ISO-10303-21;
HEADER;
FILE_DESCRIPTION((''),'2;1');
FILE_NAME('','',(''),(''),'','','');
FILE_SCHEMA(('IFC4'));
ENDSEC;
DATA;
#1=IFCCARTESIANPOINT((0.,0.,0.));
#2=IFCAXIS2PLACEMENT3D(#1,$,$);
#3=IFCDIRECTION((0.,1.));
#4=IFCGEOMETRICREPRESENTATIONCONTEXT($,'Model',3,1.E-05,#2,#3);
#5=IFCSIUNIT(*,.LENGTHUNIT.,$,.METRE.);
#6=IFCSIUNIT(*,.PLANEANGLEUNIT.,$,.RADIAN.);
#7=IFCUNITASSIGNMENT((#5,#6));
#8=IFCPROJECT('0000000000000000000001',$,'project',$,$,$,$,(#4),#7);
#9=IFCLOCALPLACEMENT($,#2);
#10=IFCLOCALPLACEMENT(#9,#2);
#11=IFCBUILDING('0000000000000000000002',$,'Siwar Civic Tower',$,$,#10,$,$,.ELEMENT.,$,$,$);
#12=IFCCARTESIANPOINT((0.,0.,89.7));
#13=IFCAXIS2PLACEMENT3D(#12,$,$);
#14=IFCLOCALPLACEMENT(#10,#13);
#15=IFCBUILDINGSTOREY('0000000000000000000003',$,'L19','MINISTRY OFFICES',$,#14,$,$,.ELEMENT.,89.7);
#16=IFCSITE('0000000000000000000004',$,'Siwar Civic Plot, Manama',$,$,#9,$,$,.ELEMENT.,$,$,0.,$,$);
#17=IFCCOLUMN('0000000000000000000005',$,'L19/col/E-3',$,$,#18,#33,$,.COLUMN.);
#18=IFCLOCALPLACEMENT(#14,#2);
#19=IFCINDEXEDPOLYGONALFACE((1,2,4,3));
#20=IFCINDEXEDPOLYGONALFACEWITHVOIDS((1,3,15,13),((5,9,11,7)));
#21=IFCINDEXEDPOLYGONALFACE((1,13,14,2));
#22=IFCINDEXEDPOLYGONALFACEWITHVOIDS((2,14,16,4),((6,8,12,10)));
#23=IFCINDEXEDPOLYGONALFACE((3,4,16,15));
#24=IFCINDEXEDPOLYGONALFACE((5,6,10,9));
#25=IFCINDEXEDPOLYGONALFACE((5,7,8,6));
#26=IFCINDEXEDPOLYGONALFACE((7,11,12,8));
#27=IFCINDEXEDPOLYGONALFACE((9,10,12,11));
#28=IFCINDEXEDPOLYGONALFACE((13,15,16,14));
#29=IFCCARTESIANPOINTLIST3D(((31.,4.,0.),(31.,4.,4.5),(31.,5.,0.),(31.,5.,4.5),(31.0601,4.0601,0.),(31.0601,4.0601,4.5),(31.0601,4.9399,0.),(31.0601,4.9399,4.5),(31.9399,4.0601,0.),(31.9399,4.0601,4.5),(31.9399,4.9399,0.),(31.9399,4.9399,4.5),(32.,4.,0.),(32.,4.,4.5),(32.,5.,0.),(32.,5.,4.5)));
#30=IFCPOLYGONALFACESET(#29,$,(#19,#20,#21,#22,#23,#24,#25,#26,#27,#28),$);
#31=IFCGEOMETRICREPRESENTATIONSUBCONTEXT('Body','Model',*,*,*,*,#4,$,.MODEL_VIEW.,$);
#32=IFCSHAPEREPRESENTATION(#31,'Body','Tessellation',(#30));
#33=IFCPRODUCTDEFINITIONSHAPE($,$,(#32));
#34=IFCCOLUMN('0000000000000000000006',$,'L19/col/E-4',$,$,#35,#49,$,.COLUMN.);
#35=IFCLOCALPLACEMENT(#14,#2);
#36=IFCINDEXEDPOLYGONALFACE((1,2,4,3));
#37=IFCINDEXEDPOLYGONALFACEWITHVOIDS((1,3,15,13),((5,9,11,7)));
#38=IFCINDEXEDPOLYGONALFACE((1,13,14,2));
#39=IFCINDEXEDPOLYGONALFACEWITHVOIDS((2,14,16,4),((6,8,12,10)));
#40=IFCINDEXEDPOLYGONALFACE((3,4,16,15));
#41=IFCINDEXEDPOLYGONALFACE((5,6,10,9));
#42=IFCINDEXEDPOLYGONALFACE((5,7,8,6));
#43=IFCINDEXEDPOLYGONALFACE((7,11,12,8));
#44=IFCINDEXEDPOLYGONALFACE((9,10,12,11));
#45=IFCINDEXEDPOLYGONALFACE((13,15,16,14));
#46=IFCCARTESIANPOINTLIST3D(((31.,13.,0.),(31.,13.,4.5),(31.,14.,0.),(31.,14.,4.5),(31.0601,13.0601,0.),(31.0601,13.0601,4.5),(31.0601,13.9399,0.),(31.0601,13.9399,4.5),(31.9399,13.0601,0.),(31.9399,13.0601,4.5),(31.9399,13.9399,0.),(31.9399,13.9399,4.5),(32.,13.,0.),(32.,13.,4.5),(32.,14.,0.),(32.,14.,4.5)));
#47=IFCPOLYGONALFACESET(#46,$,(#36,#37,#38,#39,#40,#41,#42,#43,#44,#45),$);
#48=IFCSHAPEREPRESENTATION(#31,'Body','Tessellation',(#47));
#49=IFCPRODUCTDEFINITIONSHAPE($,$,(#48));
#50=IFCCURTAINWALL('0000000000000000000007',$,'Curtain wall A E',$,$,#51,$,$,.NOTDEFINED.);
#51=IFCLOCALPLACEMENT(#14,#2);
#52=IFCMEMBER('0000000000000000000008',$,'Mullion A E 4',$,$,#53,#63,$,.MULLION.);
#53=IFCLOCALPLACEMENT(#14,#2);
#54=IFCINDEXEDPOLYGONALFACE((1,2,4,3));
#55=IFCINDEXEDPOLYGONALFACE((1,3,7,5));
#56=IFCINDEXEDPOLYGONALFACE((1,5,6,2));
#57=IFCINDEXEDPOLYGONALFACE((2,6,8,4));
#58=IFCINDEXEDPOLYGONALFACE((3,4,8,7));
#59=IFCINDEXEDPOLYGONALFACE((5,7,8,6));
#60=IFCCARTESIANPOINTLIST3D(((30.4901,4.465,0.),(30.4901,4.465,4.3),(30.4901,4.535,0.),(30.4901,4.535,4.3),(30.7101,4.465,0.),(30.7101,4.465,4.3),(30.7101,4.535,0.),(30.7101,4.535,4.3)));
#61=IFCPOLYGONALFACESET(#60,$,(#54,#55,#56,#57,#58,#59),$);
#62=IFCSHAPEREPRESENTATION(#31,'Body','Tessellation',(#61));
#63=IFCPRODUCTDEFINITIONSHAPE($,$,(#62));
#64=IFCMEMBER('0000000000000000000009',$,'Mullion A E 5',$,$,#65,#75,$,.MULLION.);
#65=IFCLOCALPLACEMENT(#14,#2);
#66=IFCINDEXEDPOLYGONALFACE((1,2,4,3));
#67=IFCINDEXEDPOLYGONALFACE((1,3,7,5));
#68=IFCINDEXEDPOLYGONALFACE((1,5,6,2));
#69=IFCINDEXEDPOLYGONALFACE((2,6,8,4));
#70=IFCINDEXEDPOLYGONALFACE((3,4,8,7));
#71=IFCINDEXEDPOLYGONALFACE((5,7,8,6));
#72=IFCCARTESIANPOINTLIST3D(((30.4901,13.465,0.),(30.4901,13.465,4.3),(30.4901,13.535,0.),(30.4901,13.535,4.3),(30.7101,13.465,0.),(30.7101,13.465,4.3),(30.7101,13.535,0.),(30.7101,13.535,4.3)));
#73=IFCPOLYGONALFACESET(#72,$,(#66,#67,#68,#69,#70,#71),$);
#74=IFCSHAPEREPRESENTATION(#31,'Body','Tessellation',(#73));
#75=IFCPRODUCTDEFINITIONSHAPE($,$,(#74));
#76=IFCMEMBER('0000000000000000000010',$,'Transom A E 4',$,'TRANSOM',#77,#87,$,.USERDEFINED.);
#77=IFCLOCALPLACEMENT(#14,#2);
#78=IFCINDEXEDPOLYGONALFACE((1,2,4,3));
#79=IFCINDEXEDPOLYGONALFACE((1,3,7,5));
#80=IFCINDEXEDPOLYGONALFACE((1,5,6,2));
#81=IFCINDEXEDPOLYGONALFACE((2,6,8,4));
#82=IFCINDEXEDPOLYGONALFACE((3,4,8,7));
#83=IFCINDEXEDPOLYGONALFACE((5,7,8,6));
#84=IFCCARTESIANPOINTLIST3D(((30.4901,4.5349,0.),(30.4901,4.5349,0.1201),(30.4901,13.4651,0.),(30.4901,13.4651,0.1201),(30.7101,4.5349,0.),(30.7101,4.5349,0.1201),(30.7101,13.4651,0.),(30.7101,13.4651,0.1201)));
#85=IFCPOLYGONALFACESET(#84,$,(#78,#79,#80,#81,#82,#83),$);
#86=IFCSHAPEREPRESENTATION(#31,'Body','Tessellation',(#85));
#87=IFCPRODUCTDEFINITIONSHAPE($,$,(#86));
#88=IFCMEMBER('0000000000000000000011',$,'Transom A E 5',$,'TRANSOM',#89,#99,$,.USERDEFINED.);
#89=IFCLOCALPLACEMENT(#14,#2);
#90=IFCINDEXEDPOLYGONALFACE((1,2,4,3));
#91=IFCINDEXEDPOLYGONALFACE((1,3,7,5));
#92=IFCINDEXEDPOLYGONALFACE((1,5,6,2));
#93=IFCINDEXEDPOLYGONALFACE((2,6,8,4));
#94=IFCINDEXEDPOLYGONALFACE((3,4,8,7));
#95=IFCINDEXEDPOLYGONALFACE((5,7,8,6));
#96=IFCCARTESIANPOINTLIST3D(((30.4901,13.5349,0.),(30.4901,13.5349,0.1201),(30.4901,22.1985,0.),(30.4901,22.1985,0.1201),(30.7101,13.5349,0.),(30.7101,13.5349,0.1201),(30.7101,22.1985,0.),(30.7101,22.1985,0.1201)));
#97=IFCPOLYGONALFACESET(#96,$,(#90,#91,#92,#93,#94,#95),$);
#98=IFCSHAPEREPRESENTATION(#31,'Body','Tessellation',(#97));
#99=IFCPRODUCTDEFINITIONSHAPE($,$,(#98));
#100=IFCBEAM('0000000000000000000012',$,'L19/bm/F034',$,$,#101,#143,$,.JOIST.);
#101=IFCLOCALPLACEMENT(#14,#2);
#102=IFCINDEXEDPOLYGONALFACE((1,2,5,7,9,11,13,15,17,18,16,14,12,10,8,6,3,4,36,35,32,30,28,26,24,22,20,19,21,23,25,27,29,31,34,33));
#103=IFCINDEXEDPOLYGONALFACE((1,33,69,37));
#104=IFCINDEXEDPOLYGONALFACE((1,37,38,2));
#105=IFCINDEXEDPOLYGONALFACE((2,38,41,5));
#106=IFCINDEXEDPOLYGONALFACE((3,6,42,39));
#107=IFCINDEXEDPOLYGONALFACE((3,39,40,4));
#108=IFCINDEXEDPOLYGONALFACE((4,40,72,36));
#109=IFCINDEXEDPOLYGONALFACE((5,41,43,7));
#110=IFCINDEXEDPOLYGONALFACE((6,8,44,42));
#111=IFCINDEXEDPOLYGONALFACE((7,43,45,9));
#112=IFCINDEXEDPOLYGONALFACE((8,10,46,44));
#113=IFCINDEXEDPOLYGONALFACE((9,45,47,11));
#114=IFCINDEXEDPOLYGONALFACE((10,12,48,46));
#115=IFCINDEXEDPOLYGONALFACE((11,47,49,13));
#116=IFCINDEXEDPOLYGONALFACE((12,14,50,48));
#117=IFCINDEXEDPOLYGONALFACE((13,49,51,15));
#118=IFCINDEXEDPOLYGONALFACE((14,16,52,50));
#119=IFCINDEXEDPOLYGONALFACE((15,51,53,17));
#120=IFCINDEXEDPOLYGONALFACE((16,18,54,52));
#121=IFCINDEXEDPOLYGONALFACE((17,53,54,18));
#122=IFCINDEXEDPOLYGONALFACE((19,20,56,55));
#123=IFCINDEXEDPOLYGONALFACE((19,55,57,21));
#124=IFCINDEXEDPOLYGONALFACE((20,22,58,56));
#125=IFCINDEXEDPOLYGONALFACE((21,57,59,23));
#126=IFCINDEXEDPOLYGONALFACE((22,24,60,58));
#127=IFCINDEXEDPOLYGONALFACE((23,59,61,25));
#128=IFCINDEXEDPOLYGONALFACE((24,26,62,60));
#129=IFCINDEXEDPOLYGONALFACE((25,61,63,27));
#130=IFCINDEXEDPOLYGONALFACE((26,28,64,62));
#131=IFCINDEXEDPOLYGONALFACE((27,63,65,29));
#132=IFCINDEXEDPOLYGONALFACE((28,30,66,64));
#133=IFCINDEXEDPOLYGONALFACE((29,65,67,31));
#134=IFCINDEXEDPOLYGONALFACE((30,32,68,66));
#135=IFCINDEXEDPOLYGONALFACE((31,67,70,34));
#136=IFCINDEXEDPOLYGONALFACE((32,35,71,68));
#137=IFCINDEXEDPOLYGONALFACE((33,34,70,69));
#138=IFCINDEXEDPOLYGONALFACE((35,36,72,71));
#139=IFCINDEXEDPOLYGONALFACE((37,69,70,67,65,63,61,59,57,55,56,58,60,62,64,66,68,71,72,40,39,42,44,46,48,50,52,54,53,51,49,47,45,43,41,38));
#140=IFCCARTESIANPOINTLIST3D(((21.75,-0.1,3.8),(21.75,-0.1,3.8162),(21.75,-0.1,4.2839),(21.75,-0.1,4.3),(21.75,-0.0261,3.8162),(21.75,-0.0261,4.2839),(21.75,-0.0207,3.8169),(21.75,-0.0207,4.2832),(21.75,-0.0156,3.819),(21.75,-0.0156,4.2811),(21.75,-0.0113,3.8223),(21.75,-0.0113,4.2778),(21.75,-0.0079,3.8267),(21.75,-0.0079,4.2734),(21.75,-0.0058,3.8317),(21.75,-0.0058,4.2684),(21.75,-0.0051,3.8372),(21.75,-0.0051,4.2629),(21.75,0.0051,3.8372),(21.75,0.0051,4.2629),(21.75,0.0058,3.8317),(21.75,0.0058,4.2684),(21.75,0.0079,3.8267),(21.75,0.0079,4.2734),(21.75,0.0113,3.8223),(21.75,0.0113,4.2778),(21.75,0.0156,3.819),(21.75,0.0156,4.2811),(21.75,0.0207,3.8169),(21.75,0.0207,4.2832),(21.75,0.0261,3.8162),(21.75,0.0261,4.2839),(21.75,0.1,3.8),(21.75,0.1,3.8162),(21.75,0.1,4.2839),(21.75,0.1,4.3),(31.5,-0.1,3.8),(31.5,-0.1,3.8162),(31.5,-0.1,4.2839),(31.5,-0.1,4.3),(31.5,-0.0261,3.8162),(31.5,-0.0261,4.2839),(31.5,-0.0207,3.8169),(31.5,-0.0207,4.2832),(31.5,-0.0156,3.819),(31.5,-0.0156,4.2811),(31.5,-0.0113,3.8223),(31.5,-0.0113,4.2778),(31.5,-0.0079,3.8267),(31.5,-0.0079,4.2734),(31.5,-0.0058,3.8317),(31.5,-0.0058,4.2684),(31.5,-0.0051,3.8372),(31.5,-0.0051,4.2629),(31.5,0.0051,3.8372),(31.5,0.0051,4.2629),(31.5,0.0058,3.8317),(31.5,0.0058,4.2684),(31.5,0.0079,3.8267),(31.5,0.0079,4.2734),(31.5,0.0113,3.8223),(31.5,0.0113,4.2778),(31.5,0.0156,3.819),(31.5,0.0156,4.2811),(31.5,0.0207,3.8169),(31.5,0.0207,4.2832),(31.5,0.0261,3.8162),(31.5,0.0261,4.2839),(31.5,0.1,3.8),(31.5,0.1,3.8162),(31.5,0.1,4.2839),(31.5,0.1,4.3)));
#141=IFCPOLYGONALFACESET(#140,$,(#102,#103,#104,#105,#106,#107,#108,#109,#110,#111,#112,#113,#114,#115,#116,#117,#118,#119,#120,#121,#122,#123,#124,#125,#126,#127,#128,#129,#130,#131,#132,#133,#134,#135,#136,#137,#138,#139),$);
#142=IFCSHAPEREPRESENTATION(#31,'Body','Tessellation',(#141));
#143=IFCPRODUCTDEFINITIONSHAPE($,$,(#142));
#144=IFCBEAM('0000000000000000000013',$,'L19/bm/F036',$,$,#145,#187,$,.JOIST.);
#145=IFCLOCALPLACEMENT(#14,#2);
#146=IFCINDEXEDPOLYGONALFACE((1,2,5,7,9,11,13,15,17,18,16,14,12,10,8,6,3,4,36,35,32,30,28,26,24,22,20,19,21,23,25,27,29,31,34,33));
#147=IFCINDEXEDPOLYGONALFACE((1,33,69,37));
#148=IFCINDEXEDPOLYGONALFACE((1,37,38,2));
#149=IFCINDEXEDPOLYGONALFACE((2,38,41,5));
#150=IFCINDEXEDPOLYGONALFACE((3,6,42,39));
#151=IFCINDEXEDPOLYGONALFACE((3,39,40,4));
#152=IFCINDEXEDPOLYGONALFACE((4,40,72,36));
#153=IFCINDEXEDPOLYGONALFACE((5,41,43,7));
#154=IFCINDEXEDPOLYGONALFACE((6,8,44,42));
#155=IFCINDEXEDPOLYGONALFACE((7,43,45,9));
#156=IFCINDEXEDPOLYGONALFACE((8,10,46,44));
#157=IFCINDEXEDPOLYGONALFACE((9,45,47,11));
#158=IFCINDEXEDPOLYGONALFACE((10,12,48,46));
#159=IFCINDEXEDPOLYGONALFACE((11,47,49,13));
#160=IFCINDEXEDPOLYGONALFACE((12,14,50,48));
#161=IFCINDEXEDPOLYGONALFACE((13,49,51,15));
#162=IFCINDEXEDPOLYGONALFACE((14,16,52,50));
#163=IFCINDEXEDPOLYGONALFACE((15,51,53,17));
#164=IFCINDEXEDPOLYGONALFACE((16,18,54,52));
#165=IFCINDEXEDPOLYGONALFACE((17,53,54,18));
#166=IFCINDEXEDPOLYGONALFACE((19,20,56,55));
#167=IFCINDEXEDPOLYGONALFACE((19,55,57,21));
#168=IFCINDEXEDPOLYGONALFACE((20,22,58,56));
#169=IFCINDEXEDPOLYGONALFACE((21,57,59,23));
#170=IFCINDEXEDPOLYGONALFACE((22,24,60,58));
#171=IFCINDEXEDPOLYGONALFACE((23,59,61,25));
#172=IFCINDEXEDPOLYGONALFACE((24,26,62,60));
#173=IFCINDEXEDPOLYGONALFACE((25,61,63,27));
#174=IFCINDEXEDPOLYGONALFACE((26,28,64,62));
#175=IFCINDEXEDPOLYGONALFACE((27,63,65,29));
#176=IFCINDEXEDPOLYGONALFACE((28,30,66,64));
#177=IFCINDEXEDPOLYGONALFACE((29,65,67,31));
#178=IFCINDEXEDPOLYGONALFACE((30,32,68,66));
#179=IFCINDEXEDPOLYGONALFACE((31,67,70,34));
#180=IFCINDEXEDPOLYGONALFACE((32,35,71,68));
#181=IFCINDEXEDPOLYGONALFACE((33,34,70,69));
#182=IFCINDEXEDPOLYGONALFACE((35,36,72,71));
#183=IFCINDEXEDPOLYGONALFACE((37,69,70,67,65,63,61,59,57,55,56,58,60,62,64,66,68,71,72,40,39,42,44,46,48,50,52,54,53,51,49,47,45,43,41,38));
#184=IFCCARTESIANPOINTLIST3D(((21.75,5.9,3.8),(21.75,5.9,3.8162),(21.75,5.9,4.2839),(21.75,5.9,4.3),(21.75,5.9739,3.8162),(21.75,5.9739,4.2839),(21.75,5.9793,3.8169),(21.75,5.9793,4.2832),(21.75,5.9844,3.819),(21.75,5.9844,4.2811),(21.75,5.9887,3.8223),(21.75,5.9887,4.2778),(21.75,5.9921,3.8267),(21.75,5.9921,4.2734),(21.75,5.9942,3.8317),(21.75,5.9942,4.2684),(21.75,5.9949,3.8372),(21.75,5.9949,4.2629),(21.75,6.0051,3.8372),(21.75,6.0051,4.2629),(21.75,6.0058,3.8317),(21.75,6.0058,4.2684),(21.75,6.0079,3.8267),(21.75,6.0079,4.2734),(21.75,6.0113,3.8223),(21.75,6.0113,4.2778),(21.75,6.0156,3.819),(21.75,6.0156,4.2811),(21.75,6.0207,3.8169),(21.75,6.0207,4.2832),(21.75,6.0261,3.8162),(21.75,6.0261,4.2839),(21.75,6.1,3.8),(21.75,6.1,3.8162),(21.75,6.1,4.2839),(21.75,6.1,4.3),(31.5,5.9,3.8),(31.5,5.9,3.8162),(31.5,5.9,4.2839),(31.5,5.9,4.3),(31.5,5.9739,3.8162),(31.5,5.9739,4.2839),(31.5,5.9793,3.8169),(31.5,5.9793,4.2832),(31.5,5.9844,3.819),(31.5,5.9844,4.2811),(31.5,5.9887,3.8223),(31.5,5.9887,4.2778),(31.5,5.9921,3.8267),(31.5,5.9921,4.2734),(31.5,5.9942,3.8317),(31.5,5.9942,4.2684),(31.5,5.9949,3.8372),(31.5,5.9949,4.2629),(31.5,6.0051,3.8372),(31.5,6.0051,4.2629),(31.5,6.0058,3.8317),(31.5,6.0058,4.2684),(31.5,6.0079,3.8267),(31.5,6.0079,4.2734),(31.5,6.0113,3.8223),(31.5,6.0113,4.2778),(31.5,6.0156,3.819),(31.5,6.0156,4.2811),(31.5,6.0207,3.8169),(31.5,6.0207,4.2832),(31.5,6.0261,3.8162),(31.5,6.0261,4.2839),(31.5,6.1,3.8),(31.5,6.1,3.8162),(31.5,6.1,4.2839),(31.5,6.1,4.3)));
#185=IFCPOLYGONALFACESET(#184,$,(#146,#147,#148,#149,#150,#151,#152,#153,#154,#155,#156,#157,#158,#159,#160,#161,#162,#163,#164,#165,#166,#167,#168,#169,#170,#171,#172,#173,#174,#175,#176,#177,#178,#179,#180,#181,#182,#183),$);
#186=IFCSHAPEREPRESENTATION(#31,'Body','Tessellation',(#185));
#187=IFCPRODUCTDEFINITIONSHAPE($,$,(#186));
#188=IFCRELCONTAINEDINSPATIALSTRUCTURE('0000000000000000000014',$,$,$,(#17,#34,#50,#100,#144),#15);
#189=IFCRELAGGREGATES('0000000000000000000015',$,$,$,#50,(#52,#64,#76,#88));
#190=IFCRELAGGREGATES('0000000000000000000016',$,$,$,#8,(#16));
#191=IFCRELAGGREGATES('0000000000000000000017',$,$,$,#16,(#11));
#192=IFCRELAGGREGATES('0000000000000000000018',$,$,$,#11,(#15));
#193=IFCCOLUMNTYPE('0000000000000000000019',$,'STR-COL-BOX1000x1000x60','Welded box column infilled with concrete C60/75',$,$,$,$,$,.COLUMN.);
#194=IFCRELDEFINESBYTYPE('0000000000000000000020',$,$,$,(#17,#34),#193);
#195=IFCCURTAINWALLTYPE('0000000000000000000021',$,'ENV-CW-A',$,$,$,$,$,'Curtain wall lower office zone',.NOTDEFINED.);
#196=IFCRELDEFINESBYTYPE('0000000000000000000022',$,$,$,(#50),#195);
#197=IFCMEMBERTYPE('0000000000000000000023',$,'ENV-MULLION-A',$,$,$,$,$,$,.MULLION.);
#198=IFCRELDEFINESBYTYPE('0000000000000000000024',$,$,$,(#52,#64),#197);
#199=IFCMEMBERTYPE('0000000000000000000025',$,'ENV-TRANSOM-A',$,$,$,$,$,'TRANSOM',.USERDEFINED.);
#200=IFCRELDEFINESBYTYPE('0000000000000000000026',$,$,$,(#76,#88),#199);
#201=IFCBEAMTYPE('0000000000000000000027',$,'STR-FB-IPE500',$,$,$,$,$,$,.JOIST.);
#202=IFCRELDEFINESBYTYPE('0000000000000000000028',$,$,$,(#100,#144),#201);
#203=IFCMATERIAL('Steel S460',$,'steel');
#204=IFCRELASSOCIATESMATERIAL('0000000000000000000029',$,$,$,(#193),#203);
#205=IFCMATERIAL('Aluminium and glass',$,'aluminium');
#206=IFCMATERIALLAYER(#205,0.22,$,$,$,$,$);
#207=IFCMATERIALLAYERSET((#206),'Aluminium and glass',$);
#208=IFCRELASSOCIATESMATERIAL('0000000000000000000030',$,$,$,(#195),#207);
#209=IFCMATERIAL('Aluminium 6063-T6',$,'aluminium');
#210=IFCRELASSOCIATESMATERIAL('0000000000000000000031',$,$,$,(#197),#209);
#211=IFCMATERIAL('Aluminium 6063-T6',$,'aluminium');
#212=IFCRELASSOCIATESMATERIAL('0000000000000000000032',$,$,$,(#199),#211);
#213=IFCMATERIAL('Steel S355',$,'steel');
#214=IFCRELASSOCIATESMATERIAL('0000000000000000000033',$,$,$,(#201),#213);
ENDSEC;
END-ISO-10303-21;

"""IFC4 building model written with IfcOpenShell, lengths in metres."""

from ifc_helpers import new_model, si_unit, direction, frame, origin, origin_2d, place, context, subcontext, project, spatial, rectangle, hollow_rectangle, i_section, extrude, material, layer, layer_set, material_profile, profile_set, type_object, element, aggregate, save


model = new_model("IFC4")

# Units and contexts
model_context = context("Model", 3, precision=1e-05, world=origin(), true_north=direction((0.0, 1.0)))
body_context = subcontext(model_context, "Body", "Model", "MODEL_VIEW")
ifc_project = project(units=[si_unit("LENGTHUNIT", "METRE"), si_unit("PLANEANGLEUNIT", "RADIAN")], contexts=[model_context])

# Site, building, storey
site_placement = place(None, origin())
site = spatial("IfcSite", under=ifc_project, at=site_placement, Name="Siwar Civic Plot, Manama", CompositionType="ELEMENT", RefElevation=0.0)
building_placement = place(site_placement, origin())
building = spatial("IfcBuilding", under=site, at=building_placement, Name="Siwar Civic Tower", CompositionType="ELEMENT")
storey_placement = place(building_placement, frame((0.0, 0.0, 89.7)))
storey = spatial("IfcBuildingStorey", under=building, at=storey_placement, Name="L19", Description="MINISTRY OFFICES", CompositionType="ELEMENT", Elevation=89.7)

# Columns
ifc_material_1 = material(Name="Steel S460", Category="steel")
ifc_material_profile_1 = material_profile(ifc_material_1, hollow_rectangle(XDim=1.0, YDim=1.0, WallThickness=0.0601, at=origin_2d()), Name="BOX1000x1000x60")
ifc_profile_set_1 = profile_set([ifc_material_profile_1], Name="Steel S460")
column_type = type_object("IfcColumnType", Name="STR-COL-BOX1000x1000x60", Description="Welded box column infilled with concrete C60/75", PredefinedType="COLUMN", material=ifc_profile_set_1)
for number, where, z_axis, x_axis, name in (
    (1, (31.5, 4.5, 0.0), (0.0, 0.0, 1.0), (1.0, 0.0, 0.0), "L19/col/E-3"),
    (2, (31.5, 13.5, 0.0), (0.0, 0.0, 1.0), (1.0, 0.0, 0.0), "L19/col/E-4"),
):
    element("IfcColumn", number, at=place(storey_placement, frame(where, z_axis=z_axis, x_axis=x_axis)), inside=storey, type_object=column_type, Name=name, PredefinedType="COLUMN", context=body_context, shape_type="SweptSolid", body=[
        extrude(hollow_rectangle(XDim=1.0, YDim=1.0, WallThickness=0.0601, at=origin_2d()), origin(), (0.0, 0.0, 1.0), 4.5),
    ])

# Curtain wall, members
ifc_material_2 = material(Name="Aluminium and glass", Category="aluminium")
ifc_layer_1 = layer(ifc_material_2, 0.22)
ifc_layer_set_1 = layer_set([ifc_layer_1], Name="Aluminium and glass")
curtain_wall_type = type_object("IfcCurtainWallType", Name="ENV-CW-A", ElementType="Curtain wall lower office zone", PredefinedType="NOTDEFINED", material=ifc_layer_set_1)
curtain_wall_placement = place(storey_placement, origin())
curtain_wall = element("IfcCurtainWall", 3, at=curtain_wall_placement, inside=storey, type_object=curtain_wall_type, Name="Curtain wall A E", PredefinedType="NOTDEFINED")
ifc_material_3 = material(Name="Aluminium 6063-T6", Category="aluminium")
ifc_material_profile_2 = material_profile(ifc_material_3, rectangle(XDim=0.22, YDim=0.0701, at=origin_2d()), Name="AL 220x70")
ifc_profile_set_2 = profile_set([ifc_material_profile_2], Name="Aluminium 6063-T6")
member_type_1 = type_object("IfcMemberType", Name="ENV-MULLION-A", PredefinedType="MULLION", material=ifc_profile_set_2)
member_1_placement = place(storey_placement, frame((30.6001, 4.5, 0.0), z_axis=(0.0, 0.0, 1.0), x_axis=(-1.0, 0.0, 0.0)))
member_1 = element("IfcMember", 4, at=member_1_placement, type_object=member_type_1, Name="Mullion A E 4", PredefinedType="MULLION", context=body_context, shape_type="SweptSolid", body=[
    extrude(rectangle(XDim=0.22, YDim=0.0701, at=origin_2d()), origin(), (0.0, 0.0, 1.0), 4.3),
])
member_2_placement = place(storey_placement, frame((30.6001, 13.5, 0.0), z_axis=(0.0, 0.0, 1.0), x_axis=(-1.0, 0.0, 0.0)))
member_2 = element("IfcMember", 5, at=member_2_placement, type_object=member_type_1, Name="Mullion A E 5", PredefinedType="MULLION", context=body_context, shape_type="SweptSolid", body=[
    extrude(rectangle(XDim=0.22, YDim=0.0701, at=origin_2d()), origin(), (0.0, 0.0, 1.0), 4.3),
])
ifc_material_4 = material(Name="Aluminium 6063-T6", Category="aluminium")
ifc_material_profile_3 = material_profile(ifc_material_4, rectangle(XDim=0.22, YDim=0.1201, at=origin_2d()), Name="AL 220x120")
ifc_profile_set_3 = profile_set([ifc_material_profile_3], Name="Aluminium 6063-T6")
member_type_2 = type_object("IfcMemberType", Name="ENV-TRANSOM-A", ElementType="TRANSOM", PredefinedType="USERDEFINED", material=ifc_profile_set_3)
member_3_placement = place(storey_placement, frame((30.6001, 4.5349, 0.0601), z_axis=(0.0, 1.0, 0.0), x_axis=(-1.0, 0.0, 0.0)))
member_3 = element("IfcMember", 6, at=member_3_placement, type_object=member_type_2, Name="Transom A E 4", ObjectType="TRANSOM", PredefinedType="USERDEFINED", context=body_context, shape_type="SweptSolid", body=[
    extrude(rectangle(XDim=0.22, YDim=0.1201, at=origin_2d()), origin(), (0.0, 0.0, 1.0), 8.9302),
])
member_4_placement = place(storey_placement, frame((30.6001, 13.5349, 0.0601), z_axis=(0.0, 1.0, 0.0), x_axis=(-1.0, 0.0, 0.0)))
member_4 = element("IfcMember", 7, at=member_4_placement, type_object=member_type_2, Name="Transom A E 5", ObjectType="TRANSOM", PredefinedType="USERDEFINED", context=body_context, shape_type="SweptSolid", body=[
    extrude(rectangle(XDim=0.22, YDim=0.1201, at=origin_2d()), origin(), (0.0, 0.0, 1.0), 8.6636),
])

# Beams
ifc_material_5 = material(Name="Steel S355", Category="steel")
ifc_material_profile_4 = material_profile(ifc_material_5, i_section(OverallWidth=0.2, OverallDepth=0.5, WebThickness=0.0103, FlangeThickness=0.0161, FilletRadius=0.021, at=origin_2d()), Name="IPE500")
ifc_profile_set_4 = profile_set([ifc_material_profile_4], Name="Steel S355")
beam_type_1 = type_object("IfcBeamType", Name="STR-FB-IPE500", PredefinedType="JOIST", material=ifc_profile_set_4)
for number, where, z_axis, x_axis, name in (
    (8, (21.75, 0.0, 4.05), (1.0, 0.0, 0.0), (0.0, 1.0, 0.0), "L19/bm/F034"),
    (9, (21.75, 6.0, 4.05), (1.0, 0.0, 0.0), (0.0, 1.0, 0.0), "L19/bm/F036"),
):
    element("IfcBeam", number, at=place(storey_placement, frame(where, z_axis=z_axis, x_axis=x_axis)), inside=storey, type_object=beam_type_1, Name=name, PredefinedType="JOIST", context=body_context, shape_type="SweptSolid", body=[
        extrude(i_section(OverallWidth=0.2, OverallDepth=0.5, WebThickness=0.0103, FlangeThickness=0.0161, FilletRadius=0.021, at=origin_2d()), origin(), (0.0, 0.0, 1.0), 9.75),
    ])

aggregate(curtain_wall, [member_1, member_2, member_3, member_4])

save(model, "model.ifc")
